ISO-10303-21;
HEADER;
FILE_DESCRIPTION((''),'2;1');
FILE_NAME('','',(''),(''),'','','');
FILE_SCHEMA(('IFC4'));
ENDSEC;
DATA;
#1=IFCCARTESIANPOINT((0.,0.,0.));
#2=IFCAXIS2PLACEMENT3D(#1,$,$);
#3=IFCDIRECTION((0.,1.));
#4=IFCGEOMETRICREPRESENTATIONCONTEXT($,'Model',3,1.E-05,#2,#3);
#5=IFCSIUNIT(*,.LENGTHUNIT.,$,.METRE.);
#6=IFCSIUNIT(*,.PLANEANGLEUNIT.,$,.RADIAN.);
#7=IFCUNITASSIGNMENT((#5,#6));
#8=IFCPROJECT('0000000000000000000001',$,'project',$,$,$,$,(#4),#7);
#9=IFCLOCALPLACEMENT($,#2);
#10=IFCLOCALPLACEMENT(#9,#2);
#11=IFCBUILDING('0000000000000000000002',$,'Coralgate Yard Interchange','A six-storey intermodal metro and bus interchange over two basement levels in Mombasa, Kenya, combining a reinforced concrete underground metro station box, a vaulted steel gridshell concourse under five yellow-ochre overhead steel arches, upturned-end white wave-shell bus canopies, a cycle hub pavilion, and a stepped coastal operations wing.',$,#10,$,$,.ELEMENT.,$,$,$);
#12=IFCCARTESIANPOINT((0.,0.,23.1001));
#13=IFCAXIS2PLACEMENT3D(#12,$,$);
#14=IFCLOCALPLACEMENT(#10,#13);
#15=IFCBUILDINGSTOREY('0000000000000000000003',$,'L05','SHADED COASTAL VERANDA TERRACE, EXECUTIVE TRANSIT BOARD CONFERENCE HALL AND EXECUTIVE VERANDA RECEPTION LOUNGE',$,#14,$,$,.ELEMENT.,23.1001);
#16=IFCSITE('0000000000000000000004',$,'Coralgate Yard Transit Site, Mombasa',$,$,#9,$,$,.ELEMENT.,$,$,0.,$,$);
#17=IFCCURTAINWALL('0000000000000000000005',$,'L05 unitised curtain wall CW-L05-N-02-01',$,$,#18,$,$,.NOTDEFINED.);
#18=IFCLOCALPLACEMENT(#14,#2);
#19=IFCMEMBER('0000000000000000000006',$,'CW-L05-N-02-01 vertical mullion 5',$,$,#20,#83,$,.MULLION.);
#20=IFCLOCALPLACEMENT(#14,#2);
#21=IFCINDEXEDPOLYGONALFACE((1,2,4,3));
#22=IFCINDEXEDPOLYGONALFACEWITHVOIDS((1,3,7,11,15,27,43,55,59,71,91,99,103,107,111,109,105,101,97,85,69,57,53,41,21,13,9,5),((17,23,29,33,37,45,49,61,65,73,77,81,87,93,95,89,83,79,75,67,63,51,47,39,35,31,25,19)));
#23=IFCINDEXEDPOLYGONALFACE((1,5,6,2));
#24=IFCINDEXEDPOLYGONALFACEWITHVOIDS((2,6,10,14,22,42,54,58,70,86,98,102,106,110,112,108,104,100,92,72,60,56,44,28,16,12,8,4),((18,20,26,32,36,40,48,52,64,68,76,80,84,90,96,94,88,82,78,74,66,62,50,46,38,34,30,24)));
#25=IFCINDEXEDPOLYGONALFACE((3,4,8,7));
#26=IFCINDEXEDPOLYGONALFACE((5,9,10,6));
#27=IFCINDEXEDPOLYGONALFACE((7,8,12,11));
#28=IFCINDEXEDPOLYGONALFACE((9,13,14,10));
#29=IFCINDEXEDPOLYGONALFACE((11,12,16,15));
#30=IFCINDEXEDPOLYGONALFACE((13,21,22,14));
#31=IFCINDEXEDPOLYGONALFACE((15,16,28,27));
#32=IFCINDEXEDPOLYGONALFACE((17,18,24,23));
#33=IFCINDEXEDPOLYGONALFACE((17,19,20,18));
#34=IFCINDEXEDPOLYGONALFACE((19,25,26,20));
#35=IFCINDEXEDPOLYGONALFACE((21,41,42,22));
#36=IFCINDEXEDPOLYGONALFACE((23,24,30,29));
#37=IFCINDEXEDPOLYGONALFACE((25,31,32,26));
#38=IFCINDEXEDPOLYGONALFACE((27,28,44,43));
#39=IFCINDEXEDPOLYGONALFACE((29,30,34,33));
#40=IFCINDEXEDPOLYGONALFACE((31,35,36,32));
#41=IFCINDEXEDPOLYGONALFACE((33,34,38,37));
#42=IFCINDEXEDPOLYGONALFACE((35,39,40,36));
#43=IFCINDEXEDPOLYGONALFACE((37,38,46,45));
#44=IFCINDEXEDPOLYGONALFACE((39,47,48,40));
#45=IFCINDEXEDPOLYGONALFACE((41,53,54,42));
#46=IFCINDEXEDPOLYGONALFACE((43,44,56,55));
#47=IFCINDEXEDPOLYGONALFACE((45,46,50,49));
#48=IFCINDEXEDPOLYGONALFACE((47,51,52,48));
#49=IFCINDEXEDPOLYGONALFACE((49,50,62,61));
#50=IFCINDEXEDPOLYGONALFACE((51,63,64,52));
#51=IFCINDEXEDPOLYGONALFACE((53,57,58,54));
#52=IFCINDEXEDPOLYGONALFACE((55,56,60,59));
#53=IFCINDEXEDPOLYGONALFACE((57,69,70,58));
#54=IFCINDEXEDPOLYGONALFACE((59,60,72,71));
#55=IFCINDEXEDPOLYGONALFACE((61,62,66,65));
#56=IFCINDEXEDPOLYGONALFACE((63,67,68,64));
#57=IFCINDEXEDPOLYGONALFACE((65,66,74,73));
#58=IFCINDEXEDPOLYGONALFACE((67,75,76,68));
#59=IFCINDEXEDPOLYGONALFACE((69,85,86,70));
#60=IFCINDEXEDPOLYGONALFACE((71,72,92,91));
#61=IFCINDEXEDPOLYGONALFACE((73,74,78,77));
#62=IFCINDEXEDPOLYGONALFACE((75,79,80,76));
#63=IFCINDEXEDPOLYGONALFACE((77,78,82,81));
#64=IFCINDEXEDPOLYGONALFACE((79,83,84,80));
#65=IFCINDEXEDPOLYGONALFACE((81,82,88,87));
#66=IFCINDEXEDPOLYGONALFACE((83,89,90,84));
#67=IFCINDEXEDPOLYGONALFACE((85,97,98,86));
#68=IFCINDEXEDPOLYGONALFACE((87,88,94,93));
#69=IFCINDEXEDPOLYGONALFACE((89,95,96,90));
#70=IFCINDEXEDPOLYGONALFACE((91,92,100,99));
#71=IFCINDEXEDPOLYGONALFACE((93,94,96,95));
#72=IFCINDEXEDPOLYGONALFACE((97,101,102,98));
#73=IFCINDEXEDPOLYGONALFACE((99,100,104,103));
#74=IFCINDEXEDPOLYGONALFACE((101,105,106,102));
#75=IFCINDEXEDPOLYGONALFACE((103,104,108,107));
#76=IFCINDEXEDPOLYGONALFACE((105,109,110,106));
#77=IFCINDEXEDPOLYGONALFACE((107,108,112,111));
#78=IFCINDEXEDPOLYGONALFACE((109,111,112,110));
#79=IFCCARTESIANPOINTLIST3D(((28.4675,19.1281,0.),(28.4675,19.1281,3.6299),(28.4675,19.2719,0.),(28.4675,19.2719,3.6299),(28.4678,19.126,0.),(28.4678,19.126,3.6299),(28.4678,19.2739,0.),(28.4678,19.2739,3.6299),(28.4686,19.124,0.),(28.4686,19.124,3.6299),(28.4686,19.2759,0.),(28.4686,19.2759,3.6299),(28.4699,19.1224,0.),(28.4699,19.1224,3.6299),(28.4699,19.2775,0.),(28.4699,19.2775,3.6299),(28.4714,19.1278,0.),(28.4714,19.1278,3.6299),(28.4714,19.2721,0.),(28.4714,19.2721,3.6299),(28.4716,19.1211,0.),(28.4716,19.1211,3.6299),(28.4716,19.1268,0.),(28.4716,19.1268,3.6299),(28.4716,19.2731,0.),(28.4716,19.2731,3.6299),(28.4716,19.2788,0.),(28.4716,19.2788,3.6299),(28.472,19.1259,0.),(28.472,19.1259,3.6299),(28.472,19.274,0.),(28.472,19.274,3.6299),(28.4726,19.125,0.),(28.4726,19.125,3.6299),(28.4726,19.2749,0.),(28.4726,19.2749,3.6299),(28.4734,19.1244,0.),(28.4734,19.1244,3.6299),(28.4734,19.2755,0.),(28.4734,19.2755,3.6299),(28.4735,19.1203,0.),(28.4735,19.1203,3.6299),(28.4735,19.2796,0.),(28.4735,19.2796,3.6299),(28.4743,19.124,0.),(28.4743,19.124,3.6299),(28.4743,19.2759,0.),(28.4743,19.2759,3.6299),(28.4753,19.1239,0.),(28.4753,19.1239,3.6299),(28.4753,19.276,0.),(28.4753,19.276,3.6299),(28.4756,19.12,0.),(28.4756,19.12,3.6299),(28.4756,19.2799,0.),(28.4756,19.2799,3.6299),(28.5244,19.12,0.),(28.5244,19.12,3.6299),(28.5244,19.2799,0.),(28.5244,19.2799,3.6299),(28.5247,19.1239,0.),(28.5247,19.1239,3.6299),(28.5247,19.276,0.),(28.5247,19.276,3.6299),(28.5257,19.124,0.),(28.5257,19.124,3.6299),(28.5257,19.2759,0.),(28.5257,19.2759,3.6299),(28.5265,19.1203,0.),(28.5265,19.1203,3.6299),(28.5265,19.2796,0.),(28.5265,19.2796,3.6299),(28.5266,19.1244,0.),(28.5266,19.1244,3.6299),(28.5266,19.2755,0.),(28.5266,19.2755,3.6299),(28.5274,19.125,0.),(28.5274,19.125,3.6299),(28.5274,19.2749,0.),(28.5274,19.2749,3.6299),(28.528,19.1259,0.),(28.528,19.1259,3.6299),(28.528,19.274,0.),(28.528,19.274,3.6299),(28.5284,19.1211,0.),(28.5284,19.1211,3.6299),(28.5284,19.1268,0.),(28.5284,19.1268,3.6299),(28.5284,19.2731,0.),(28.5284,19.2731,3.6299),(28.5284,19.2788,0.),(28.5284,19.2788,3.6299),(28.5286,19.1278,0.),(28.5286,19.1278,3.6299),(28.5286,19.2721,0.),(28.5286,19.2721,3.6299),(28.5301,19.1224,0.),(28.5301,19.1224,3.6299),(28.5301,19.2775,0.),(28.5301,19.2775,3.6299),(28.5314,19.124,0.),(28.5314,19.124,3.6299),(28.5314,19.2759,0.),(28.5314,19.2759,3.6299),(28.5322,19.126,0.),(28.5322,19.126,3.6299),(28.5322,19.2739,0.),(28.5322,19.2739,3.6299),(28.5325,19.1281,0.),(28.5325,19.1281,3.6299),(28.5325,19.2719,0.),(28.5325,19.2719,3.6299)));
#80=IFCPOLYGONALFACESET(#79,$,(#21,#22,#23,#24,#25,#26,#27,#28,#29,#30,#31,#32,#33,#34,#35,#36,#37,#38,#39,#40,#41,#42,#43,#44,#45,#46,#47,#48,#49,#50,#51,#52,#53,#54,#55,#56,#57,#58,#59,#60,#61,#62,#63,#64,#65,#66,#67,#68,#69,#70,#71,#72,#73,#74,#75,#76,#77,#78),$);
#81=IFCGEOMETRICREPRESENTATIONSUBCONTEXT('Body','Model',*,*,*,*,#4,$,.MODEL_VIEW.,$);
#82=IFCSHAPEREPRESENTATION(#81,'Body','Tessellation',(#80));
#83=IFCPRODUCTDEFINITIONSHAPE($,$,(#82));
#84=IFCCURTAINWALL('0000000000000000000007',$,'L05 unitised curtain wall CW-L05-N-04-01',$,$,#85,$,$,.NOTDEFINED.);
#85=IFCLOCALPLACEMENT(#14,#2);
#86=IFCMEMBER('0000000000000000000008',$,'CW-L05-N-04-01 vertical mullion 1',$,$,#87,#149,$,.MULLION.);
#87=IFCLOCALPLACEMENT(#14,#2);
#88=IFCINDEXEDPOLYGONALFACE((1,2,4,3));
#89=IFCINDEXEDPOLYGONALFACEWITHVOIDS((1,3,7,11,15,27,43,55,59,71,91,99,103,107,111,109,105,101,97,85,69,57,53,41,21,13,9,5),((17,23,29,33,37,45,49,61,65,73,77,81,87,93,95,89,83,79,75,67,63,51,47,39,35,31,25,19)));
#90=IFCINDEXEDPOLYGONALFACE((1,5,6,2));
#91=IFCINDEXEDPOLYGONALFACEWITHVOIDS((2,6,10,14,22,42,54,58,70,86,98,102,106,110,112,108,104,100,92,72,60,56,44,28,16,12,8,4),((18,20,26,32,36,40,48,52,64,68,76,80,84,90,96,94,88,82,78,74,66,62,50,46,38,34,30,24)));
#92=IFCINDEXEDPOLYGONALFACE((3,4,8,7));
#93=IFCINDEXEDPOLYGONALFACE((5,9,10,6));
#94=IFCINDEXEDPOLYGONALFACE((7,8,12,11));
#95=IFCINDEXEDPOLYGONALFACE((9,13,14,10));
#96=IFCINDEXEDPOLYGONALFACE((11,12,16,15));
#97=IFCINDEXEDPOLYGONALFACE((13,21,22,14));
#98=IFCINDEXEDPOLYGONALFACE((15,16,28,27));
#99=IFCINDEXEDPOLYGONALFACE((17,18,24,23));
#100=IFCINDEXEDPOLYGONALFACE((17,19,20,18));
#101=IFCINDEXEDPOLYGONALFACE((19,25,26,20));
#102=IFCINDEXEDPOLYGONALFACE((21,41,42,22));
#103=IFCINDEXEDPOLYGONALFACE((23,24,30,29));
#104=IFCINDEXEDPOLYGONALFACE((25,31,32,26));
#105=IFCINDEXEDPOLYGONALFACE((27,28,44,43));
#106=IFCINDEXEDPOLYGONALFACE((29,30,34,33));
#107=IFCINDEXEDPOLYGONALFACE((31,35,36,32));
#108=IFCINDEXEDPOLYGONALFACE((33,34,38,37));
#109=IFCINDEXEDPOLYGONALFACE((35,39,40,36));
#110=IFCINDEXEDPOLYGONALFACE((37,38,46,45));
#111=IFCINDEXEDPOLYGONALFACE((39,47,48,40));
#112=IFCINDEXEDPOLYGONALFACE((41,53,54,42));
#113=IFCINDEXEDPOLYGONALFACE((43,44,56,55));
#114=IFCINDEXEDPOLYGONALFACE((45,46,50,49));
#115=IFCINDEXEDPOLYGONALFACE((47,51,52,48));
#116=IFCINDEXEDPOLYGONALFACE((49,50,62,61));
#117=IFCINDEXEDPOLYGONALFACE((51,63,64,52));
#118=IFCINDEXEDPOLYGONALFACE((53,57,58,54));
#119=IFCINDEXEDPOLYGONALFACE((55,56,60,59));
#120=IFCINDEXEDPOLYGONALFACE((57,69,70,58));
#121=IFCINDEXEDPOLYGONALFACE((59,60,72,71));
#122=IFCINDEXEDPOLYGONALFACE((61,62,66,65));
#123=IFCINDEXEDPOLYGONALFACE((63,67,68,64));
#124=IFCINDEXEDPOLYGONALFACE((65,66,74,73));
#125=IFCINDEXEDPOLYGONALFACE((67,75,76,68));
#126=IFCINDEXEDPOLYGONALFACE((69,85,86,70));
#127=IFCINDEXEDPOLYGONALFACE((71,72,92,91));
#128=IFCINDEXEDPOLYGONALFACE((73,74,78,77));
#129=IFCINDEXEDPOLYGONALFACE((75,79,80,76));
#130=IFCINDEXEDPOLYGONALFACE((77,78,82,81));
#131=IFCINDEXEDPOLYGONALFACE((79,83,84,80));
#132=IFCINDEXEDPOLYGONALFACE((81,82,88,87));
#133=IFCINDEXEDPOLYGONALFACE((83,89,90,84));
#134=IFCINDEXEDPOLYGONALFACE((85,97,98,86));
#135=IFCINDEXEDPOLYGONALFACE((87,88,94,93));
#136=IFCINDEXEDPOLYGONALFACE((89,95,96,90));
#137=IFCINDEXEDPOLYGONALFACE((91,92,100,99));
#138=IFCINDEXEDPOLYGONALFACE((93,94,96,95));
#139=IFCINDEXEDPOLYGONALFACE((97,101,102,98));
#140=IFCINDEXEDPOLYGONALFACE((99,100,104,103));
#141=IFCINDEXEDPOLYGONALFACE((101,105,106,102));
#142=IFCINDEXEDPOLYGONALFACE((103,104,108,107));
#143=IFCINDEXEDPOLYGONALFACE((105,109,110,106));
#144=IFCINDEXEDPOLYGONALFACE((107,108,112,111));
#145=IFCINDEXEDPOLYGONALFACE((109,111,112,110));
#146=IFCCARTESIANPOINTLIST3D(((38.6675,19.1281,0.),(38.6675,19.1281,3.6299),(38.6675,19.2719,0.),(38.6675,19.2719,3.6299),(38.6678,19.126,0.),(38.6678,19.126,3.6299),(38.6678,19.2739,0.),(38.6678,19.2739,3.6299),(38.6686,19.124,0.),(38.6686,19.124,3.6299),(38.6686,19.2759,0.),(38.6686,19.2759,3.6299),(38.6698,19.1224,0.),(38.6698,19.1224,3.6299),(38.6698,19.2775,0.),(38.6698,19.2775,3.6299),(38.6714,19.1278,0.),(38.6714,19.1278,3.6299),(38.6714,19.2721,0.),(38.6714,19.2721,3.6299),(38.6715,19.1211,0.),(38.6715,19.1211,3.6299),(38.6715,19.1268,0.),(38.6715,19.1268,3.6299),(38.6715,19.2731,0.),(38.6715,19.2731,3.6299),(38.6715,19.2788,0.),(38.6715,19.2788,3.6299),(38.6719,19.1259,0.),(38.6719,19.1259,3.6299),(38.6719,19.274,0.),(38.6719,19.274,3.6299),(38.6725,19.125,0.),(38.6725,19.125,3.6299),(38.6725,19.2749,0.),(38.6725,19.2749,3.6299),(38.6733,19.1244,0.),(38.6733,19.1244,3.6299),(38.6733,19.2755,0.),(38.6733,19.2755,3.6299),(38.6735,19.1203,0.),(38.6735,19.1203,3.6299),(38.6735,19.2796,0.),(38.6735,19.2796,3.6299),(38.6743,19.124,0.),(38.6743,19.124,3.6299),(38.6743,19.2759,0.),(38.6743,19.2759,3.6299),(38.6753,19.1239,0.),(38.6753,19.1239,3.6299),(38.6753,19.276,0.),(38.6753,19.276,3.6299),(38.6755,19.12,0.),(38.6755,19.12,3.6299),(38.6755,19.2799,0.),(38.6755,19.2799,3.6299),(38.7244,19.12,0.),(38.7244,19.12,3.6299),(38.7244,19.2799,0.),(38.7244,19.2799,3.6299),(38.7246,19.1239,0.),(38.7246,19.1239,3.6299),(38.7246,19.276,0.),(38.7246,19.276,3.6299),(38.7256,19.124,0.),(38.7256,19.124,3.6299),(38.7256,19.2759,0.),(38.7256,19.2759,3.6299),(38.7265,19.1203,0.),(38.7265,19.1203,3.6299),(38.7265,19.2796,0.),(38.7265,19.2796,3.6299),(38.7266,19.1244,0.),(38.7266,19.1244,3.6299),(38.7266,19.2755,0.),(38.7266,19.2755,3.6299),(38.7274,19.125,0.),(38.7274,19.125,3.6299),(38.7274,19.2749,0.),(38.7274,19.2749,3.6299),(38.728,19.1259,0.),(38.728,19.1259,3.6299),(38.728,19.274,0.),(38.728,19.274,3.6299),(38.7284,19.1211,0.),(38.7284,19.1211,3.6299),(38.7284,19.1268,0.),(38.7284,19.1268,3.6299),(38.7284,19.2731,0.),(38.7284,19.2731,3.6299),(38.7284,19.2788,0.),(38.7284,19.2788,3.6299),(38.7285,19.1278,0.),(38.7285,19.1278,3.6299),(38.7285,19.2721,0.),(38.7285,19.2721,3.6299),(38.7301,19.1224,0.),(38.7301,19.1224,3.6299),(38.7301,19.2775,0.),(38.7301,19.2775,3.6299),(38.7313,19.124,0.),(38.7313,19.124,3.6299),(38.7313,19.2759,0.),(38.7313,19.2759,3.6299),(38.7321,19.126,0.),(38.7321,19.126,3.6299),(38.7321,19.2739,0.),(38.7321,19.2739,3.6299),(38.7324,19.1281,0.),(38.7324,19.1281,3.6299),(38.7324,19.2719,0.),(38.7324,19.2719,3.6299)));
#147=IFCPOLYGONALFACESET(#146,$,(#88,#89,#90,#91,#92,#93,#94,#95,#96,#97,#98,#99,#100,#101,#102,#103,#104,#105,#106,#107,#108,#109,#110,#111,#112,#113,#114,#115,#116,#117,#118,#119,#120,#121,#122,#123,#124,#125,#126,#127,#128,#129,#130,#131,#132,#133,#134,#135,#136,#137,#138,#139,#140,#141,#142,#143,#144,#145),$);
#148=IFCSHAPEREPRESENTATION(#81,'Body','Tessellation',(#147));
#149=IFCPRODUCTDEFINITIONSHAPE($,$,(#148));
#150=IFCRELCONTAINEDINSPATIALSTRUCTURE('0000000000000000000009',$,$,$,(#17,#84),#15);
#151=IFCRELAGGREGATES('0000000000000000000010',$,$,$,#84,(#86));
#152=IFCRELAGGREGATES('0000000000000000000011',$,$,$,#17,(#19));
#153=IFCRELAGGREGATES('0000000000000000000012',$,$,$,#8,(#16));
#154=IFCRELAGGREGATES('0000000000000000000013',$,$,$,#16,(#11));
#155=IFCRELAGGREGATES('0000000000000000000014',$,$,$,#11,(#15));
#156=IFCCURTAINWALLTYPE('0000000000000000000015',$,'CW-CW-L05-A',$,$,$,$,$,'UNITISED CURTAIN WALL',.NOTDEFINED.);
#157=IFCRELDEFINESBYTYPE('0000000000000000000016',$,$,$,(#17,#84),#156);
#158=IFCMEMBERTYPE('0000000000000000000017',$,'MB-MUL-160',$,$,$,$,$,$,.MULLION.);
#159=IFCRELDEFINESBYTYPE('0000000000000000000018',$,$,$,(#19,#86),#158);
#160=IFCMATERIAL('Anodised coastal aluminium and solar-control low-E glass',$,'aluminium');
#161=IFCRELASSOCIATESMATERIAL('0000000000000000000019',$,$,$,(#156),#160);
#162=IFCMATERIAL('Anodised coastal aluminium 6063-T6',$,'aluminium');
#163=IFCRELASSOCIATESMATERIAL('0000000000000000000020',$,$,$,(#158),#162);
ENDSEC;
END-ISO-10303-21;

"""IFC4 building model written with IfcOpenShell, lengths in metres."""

from ifc_helpers import new_model, si_unit, direction, frame, origin, origin_2d, place, context, subcontext, project, spatial, hollow_rectangle, extrude, material, material_profile, profile_set, type_object, element, aggregate, save


model = new_model("IFC4")

# Units and contexts
model_context = context("Model", 3, precision=1e-05, world=origin(), true_north=direction((0.0, 1.0)))
body_context = subcontext(model_context, "Body", "Model", "MODEL_VIEW")
ifc_project = project(units=[si_unit("LENGTHUNIT", "METRE"), si_unit("PLANEANGLEUNIT", "RADIAN")], contexts=[model_context])

# Site, building, storey
site_placement = place(None, origin())
site = spatial("IfcSite", under=ifc_project, at=site_placement, Name="Coralgate Yard Transit Site, Mombasa", CompositionType="ELEMENT", RefElevation=0.0)
building_placement = place(site_placement, origin())
building = spatial("IfcBuilding", under=site, at=building_placement, Name="Coralgate Yard Interchange", Description="A six-storey intermodal metro and bus interchange over two basement levels in Mombasa, Kenya, combining a reinforced concrete underground metro station box, a vaulted steel gridshell concourse under five yellow-ochre overhead steel arches, upturned-end white wave-shell bus canopies, a cycle hub pavilion, and a stepped coastal operations wing.", CompositionType="ELEMENT")
storey_placement = place(building_placement, frame((0.0, 0.0, 23.1001)))
storey = spatial("IfcBuildingStorey", under=building, at=storey_placement, Name="L05", Description="SHADED COASTAL VERANDA TERRACE, EXECUTIVE TRANSIT BOARD CONFERENCE HALL AND EXECUTIVE VERANDA RECEPTION LOUNGE", CompositionType="ELEMENT", Elevation=23.1001)

# Curtain wall, member
ifc_material_1 = material(Name="Anodised coastal aluminium and solar-control low-E glass", Category="aluminium")
curtain_wall_type = type_object("IfcCurtainWallType", Name="CW-CW-L05-A", ElementType="UNITISED CURTAIN WALL", PredefinedType="NOTDEFINED", material=ifc_material_1)
curtain_wall_1_placement = place(storey_placement, origin())
curtain_wall_1 = element("IfcCurtainWall", 1, at=curtain_wall_1_placement, inside=storey, type_object=curtain_wall_type, Name="L05 unitised curtain wall CW-L05-N-02-01", PredefinedType="NOTDEFINED")
ifc_material_2 = material(Name="Anodised coastal aluminium 6063-T6", Category="aluminium")
ifc_material_profile_1 = material_profile(ifc_material_2, hollow_rectangle(XDim=0.0649, YDim=0.1599, WallThickness=0.0039, InnerFilletRadius=0.0039, OuterFilletRadius=0.0081, at=origin_2d()), Name="ALU 65x160x4")
ifc_profile_set_1 = profile_set([ifc_material_profile_1], Name="Anodised coastal aluminium 6063-T6")
member_type_1 = type_object("IfcMemberType", Name="MB-MUL-160", PredefinedType="MULLION", material=ifc_profile_set_1)
member_1_placement = place(storey_placement, frame((28.5, 19.2, 0.0), z_axis=(0.0, 0.0, 1.0), x_axis=(1.0, 0.0, 0.0)))
member_1 = element("IfcMember", 2, at=member_1_placement, type_object=member_type_1, Name="CW-L05-N-02-01 vertical mullion 5", PredefinedType="MULLION", context=body_context, shape_type="SweptSolid", body=[
    extrude(hollow_rectangle(XDim=0.0649, YDim=0.1599, WallThickness=0.0039, InnerFilletRadius=0.0039, OuterFilletRadius=0.0081, at=origin_2d()), origin(), (0.0, 0.0, 1.0), 3.6299),
])

# Curtain wall, member
curtain_wall_2_placement = place(storey_placement, origin())
curtain_wall_2 = element("IfcCurtainWall", 3, at=curtain_wall_2_placement, inside=storey, type_object=curtain_wall_type, Name="L05 unitised curtain wall CW-L05-N-04-01", PredefinedType="NOTDEFINED")
member_2_placement = place(storey_placement, frame((38.7, 19.2, 0.0), z_axis=(0.0, 0.0, 1.0), x_axis=(1.0, 0.0, 0.0)))
member_2 = element("IfcMember", 4, at=member_2_placement, type_object=member_type_1, Name="CW-L05-N-04-01 vertical mullion 1", PredefinedType="MULLION", context=body_context, shape_type="SweptSolid", body=[
    extrude(hollow_rectangle(XDim=0.0649, YDim=0.1599, WallThickness=0.0039, InnerFilletRadius=0.0039, OuterFilletRadius=0.0081, at=origin_2d()), origin(), (0.0, 0.0, 1.0), 3.6299),
])

aggregate(curtain_wall_2, [member_2])

aggregate(curtain_wall_1, [member_1])

save(model, "model.ifc")
